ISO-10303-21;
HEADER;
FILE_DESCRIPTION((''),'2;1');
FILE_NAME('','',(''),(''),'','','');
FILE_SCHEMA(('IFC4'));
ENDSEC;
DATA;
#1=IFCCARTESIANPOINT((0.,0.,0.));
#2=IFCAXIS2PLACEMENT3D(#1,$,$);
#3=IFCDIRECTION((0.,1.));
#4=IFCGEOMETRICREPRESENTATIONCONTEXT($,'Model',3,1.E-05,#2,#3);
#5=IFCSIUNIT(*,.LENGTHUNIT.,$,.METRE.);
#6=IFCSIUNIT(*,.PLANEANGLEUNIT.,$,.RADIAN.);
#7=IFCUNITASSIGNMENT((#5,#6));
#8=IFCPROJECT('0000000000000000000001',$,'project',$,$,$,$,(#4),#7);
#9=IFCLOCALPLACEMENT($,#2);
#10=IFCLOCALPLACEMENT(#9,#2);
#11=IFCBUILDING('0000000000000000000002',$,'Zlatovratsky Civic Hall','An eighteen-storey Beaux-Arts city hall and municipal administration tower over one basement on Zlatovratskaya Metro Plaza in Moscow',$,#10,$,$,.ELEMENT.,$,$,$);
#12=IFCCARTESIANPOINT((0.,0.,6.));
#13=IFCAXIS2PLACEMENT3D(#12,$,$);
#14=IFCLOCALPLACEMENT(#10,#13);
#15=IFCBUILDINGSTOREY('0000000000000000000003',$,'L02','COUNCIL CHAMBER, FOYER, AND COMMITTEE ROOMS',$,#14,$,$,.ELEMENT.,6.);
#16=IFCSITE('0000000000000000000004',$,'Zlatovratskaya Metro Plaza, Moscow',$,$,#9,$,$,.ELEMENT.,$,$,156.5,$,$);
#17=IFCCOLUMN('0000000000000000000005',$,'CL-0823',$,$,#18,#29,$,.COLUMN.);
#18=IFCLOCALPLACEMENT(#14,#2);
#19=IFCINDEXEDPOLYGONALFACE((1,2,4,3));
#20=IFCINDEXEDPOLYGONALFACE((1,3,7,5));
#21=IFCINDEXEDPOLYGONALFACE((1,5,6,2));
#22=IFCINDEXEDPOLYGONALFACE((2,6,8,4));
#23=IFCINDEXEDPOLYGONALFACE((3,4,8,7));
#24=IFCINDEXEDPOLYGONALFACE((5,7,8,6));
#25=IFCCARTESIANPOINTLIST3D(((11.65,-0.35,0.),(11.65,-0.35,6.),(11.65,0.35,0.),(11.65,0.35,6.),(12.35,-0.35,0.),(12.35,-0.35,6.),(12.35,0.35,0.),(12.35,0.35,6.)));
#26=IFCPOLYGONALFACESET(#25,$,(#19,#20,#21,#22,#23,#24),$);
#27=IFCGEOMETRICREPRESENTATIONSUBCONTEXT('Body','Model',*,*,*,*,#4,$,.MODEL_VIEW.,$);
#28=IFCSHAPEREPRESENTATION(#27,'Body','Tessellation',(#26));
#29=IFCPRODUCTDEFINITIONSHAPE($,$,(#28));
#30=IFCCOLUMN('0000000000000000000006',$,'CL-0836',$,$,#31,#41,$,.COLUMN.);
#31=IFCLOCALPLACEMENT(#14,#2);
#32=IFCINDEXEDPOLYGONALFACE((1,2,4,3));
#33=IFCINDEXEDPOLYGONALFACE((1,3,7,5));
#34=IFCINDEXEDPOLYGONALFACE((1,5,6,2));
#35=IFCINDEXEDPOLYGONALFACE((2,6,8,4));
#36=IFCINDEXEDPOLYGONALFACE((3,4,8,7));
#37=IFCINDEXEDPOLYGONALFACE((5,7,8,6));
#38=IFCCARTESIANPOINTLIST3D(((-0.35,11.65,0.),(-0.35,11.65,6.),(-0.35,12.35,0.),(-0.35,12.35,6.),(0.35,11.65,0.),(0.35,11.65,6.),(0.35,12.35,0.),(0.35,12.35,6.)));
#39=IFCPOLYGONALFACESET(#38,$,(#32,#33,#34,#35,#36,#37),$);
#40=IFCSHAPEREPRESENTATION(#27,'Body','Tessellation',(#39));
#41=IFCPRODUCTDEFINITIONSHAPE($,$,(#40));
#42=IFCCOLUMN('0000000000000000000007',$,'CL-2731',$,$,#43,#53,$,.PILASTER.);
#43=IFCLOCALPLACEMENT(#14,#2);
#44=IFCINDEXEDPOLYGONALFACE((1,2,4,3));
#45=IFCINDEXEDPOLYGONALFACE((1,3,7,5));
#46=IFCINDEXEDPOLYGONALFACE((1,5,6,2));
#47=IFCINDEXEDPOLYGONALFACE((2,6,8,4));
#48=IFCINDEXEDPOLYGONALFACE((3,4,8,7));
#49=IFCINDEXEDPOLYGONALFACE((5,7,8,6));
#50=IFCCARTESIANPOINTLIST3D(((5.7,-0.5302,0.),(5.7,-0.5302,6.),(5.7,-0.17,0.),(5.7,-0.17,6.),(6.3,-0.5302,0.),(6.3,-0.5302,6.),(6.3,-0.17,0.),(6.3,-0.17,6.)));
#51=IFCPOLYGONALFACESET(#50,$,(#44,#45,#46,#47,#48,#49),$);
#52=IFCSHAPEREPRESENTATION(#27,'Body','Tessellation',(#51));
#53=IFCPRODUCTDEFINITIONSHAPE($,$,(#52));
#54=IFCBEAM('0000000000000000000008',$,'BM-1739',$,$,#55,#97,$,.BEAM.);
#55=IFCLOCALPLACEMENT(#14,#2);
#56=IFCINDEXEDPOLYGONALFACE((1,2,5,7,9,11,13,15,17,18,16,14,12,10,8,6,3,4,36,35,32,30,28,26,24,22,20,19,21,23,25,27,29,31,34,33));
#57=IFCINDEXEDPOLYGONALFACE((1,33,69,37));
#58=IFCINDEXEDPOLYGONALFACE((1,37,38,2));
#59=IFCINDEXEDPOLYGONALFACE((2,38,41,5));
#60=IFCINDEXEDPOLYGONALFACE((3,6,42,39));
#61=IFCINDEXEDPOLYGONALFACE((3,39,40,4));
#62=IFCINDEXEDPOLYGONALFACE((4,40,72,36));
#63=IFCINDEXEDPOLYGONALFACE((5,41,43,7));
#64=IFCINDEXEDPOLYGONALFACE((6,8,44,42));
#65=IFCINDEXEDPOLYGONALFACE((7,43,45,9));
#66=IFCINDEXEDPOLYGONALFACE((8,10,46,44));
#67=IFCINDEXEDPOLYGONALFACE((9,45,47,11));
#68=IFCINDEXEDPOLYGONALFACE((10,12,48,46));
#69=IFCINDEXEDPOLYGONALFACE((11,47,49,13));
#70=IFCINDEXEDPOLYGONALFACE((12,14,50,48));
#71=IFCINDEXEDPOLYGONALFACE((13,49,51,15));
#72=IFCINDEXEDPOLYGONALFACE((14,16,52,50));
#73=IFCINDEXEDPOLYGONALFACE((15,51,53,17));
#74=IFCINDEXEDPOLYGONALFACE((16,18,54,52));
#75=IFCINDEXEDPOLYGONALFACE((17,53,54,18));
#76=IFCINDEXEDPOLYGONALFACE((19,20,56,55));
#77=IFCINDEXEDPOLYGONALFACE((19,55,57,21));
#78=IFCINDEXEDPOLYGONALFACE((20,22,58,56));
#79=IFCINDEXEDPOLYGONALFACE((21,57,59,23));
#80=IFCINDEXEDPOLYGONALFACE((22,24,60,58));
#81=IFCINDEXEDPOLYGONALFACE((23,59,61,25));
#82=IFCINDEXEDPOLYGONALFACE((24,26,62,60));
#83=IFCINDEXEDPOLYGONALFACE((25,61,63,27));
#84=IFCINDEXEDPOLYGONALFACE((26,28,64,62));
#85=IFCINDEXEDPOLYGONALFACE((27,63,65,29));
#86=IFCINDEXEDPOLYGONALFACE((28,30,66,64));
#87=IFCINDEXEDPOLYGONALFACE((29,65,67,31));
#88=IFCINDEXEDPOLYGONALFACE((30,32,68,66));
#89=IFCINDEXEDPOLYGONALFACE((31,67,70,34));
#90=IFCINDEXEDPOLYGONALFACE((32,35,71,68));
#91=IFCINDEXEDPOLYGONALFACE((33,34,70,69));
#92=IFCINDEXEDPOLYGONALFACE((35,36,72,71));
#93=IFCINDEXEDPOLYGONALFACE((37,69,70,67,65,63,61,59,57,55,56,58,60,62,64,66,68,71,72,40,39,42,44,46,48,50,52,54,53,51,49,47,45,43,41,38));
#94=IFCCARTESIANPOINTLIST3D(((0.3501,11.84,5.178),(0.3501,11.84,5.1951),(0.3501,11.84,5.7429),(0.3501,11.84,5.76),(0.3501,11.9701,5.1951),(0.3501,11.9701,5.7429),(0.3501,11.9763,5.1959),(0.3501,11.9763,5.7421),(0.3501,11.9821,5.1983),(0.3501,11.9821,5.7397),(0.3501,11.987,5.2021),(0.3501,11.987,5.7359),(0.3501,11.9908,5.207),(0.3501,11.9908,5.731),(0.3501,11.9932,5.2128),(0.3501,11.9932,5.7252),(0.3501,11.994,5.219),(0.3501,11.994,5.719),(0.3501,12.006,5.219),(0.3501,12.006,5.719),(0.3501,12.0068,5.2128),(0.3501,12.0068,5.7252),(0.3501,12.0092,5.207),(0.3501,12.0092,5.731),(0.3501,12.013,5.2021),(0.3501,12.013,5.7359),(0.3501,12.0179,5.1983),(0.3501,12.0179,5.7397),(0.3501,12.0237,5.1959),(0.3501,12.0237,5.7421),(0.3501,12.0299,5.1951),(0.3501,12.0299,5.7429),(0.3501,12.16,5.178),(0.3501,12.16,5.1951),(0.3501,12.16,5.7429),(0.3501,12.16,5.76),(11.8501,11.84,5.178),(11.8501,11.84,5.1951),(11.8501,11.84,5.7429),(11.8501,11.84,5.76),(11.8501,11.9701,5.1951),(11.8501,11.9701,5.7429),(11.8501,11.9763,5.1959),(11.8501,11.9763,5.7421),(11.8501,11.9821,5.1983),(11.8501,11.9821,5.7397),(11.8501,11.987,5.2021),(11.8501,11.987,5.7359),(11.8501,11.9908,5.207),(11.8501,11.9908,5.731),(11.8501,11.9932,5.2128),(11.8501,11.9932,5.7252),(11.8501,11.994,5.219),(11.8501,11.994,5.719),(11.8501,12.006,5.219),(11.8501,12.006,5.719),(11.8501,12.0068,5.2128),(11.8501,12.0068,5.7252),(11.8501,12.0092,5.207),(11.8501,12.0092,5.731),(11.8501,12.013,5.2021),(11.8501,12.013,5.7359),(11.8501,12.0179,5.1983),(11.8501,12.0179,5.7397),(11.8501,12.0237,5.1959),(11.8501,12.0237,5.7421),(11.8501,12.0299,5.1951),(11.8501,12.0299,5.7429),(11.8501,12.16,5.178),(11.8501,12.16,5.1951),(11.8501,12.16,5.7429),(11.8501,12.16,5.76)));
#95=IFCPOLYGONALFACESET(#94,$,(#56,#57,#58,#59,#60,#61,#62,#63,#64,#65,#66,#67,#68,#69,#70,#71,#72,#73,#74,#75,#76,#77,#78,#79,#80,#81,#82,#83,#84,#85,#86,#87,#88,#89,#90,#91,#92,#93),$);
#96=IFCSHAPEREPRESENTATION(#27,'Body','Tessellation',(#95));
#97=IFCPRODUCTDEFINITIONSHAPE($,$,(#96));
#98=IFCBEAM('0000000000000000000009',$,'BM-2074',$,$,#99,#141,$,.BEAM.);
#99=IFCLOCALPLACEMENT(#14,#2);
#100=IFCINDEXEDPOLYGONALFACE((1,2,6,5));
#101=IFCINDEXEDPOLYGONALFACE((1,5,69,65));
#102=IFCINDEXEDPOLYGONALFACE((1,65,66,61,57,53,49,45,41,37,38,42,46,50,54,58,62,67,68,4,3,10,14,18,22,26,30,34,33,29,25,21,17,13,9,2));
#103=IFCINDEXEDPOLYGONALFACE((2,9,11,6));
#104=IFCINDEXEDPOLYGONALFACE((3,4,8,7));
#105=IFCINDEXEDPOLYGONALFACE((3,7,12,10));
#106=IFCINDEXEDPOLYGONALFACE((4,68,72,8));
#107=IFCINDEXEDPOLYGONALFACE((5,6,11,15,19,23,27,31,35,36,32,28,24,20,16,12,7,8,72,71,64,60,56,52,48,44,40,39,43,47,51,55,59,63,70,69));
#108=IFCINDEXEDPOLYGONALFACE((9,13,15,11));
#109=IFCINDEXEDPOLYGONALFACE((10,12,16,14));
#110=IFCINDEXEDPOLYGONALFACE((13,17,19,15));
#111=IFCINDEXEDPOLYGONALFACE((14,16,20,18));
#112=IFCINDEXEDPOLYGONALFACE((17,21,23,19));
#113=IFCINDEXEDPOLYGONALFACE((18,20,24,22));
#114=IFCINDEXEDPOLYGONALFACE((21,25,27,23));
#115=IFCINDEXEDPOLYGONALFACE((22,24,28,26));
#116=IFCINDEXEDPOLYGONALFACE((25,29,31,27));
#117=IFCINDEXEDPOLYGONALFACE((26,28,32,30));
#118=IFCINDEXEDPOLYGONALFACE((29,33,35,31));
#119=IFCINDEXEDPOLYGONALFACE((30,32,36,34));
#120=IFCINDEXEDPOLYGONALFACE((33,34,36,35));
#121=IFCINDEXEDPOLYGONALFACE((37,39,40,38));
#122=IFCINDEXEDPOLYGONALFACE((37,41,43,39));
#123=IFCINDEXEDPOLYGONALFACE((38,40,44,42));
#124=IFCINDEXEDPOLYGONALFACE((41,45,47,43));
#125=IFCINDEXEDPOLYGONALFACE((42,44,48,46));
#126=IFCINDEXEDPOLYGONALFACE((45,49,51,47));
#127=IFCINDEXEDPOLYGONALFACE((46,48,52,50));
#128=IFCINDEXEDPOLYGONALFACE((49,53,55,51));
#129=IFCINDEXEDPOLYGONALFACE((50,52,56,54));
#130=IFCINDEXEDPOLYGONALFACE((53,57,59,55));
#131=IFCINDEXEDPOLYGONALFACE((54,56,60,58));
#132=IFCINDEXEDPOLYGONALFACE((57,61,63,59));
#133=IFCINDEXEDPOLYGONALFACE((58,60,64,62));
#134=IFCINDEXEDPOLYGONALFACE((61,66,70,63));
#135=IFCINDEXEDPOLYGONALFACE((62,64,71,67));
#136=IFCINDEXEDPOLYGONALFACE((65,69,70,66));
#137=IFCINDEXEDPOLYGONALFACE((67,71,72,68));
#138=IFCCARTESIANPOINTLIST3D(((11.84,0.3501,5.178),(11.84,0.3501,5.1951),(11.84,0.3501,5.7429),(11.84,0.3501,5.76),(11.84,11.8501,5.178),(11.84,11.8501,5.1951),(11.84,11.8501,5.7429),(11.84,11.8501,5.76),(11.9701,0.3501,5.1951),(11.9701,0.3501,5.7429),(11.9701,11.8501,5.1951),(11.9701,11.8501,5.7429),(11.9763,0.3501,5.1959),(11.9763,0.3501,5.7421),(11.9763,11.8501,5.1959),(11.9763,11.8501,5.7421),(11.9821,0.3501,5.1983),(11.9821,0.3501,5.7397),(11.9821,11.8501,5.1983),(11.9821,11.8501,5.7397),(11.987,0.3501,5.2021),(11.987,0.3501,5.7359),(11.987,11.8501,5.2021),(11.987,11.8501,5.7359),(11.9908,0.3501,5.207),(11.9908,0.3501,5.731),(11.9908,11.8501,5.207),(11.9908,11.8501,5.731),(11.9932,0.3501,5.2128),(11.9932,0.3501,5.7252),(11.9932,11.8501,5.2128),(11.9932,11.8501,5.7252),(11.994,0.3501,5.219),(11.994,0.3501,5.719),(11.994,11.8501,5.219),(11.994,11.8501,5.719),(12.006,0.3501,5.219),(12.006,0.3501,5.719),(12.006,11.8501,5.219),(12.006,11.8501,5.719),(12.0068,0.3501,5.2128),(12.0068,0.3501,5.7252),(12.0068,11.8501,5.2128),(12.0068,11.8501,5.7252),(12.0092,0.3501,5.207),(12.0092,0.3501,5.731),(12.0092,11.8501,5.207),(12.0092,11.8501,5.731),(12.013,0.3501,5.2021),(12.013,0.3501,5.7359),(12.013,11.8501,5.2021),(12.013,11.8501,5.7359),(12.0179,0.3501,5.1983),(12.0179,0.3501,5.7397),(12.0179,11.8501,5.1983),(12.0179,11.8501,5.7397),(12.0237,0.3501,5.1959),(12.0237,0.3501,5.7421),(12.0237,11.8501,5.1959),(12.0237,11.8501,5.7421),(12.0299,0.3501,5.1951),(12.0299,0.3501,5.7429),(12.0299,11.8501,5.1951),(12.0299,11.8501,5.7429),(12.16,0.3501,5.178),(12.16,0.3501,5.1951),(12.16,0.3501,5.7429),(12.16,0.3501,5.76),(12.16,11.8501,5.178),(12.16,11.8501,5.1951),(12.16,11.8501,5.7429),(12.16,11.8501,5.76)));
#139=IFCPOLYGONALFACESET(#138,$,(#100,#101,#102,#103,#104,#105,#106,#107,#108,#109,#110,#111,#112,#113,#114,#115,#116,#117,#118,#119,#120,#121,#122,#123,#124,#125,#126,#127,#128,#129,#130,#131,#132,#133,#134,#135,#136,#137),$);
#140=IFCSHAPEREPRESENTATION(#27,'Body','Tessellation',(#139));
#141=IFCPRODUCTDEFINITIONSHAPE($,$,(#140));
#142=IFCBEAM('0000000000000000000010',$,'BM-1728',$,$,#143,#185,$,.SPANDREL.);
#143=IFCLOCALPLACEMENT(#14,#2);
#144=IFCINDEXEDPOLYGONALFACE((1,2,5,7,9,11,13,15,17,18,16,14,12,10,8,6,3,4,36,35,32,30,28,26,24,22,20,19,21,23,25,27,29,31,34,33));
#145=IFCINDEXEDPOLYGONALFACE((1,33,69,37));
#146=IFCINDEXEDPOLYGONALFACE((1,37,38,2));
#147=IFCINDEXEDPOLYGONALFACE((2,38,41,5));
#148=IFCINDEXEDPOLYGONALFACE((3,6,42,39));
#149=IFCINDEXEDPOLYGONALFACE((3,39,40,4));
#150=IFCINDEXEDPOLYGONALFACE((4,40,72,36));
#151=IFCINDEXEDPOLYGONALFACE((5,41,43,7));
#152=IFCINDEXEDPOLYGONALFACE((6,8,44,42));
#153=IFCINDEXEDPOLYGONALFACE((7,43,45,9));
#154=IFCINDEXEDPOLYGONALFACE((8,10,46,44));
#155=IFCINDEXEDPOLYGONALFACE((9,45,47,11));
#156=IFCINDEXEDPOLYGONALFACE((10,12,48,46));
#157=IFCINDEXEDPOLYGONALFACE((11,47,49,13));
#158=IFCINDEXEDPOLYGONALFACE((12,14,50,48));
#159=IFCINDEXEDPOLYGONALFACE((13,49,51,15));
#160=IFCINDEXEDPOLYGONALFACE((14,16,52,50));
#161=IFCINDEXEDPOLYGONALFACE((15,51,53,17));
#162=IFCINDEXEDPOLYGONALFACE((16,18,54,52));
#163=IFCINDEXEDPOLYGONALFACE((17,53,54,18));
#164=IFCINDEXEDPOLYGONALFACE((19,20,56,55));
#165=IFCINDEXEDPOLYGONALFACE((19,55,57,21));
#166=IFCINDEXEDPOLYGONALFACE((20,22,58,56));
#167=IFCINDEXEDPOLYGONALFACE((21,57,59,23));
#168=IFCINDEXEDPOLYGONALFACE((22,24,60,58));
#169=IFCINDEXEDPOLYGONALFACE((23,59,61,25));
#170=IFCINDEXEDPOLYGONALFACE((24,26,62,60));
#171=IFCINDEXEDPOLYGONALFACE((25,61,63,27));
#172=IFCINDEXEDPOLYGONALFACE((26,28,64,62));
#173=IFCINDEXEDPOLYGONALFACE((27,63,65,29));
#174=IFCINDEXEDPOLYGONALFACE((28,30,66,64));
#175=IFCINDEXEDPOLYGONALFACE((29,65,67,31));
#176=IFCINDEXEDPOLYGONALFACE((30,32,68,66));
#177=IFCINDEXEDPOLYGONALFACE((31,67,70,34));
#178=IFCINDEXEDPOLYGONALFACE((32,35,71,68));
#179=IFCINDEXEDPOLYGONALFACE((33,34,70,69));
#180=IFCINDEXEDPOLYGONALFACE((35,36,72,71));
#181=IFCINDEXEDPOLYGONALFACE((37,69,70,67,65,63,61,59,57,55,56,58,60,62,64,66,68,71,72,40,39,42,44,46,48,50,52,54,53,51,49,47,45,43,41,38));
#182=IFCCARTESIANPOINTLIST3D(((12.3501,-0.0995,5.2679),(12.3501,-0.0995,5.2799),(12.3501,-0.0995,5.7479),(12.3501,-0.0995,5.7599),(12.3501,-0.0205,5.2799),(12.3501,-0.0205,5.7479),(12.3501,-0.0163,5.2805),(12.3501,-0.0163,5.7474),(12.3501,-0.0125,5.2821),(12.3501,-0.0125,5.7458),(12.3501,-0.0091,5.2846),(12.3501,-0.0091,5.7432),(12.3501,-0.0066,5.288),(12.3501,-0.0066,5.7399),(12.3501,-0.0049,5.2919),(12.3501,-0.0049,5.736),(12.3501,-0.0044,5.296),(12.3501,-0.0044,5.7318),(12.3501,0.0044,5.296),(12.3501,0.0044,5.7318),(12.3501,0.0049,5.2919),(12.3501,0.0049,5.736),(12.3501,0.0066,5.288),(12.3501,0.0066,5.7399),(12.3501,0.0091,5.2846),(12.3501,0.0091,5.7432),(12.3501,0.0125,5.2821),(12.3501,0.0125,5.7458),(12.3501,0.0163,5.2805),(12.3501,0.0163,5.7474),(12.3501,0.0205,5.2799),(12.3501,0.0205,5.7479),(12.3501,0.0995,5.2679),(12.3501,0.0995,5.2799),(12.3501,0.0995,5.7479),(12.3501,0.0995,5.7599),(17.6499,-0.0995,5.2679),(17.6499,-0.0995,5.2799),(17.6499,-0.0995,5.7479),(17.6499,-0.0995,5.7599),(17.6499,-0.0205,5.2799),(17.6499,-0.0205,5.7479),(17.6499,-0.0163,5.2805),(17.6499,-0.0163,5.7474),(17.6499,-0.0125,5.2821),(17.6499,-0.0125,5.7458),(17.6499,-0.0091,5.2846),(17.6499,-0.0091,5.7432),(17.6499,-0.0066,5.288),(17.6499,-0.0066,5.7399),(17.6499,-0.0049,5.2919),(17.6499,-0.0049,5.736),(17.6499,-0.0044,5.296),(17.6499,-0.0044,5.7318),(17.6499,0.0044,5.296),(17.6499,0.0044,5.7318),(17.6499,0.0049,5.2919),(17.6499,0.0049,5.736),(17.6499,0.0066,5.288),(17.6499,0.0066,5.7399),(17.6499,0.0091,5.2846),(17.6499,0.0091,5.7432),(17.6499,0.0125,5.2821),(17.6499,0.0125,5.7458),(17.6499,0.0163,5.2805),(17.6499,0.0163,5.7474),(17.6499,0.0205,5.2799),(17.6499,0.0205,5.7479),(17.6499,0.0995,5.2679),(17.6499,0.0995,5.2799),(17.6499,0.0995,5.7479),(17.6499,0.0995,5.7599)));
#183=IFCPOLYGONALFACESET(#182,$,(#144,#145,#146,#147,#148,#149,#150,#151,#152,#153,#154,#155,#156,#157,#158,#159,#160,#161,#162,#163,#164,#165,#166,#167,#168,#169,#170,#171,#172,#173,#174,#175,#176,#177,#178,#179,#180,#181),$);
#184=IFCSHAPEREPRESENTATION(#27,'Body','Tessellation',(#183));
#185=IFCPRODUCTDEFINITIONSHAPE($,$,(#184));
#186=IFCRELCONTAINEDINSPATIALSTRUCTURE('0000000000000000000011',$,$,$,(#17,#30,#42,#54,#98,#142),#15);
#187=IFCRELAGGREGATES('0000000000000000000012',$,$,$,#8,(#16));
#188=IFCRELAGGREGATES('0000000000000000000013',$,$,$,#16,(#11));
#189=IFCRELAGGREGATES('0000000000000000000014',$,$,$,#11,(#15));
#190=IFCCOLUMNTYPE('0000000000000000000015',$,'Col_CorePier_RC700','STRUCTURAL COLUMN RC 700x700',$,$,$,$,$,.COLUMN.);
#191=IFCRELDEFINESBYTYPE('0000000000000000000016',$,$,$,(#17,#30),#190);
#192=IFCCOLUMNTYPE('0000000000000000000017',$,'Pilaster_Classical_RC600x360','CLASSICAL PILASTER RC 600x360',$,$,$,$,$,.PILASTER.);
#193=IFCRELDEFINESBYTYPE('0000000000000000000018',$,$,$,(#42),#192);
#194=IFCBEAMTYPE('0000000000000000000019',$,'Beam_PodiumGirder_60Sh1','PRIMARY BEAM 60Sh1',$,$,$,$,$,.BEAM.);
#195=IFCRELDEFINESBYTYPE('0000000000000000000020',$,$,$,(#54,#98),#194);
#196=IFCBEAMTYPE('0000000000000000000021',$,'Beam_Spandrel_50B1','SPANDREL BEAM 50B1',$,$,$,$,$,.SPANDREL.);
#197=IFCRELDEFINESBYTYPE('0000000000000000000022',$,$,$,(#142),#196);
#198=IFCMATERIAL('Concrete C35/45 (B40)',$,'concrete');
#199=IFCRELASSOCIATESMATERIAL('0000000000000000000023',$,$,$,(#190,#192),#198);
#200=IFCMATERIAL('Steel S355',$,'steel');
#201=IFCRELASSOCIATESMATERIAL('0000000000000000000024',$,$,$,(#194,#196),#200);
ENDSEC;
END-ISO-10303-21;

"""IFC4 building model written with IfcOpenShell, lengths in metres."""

from ifc_helpers import new_model, si_unit, direction, frame, origin, origin_2d, place, context, subcontext, project, spatial, rectangle, i_section, extrude, material, material_profile, profile_set, type_object, element, save


model = new_model("IFC4")

# Units and contexts
model_context = context("Model", 3, precision=1e-05, world=origin(), true_north=direction((0.0, 1.0)))
body_context = subcontext(model_context, "Body", "Model", "MODEL_VIEW")
ifc_project = project(units=[si_unit("LENGTHUNIT", "METRE"), si_unit("PLANEANGLEUNIT", "RADIAN")], contexts=[model_context])

# Site, building, storey
site_placement = place(None, origin())
site = spatial("IfcSite", under=ifc_project, at=site_placement, Name="Zlatovratskaya Metro Plaza, Moscow", CompositionType="ELEMENT", RefElevation=156.5)
building_placement = place(site_placement, origin())
building = spatial("IfcBuilding", under=site, at=building_placement, Name="Zlatovratsky Civic Hall", Description="An eighteen-storey Beaux-Arts city hall and municipal administration tower over one basement on Zlatovratskaya Metro Plaza in Moscow", CompositionType="ELEMENT")
storey_placement = place(building_placement, frame((0.0, 0.0, 6.0)))
storey = spatial("IfcBuildingStorey", under=building, at=storey_placement, Name="L02", Description="COUNCIL CHAMBER, FOYER, AND COMMITTEE ROOMS", CompositionType="ELEMENT", Elevation=6.0)

# Columns
ifc_material_1 = material(Name="Concrete C35/45 (B40)", Category="concrete")
ifc_material_profile_1 = material_profile(ifc_material_1, rectangle(XDim=0.7, YDim=0.7, at=origin_2d()), Name="RC 700x700")
ifc_profile_set_1 = profile_set([ifc_material_profile_1], Name="Concrete C35/45 (B40)")
column_type_1 = type_object("IfcColumnType", Name="Col_CorePier_RC700", Description="STRUCTURAL COLUMN RC 700x700", PredefinedType="COLUMN", material=ifc_profile_set_1)
for number, where, z_axis, x_axis, name in (
    (1, (12.0, 0.0, 0.0), (0.0, 0.0, 1.0), (1.0, 0.0, 0.0), "CL-0823"),
    (2, (0.0, 12.0, 0.0), (0.0, 0.0, 1.0), (1.0, 0.0, 0.0), "CL-0836"),
):
    element("IfcColumn", number, at=place(storey_placement, frame(where, z_axis=z_axis, x_axis=x_axis)), inside=storey, type_object=column_type_1, Name=name, PredefinedType="COLUMN", context=body_context, shape_type="SweptSolid", body=[
        extrude(rectangle(XDim=0.7, YDim=0.7, at=origin_2d()), origin(), (0.0, 0.0, 1.0), 6.0),
    ])
ifc_material_profile_2 = material_profile(ifc_material_1, rectangle(XDim=0.6001, YDim=0.3601, at=origin_2d()), Name="RC 600x360")
ifc_profile_set_2 = profile_set([ifc_material_profile_2], Name="Concrete C35/45 (B40)")
column_type_2 = type_object("IfcColumnType", Name="Pilaster_Classical_RC600x360", Description="CLASSICAL PILASTER RC 600x360", PredefinedType="PILASTER", material=ifc_profile_set_2)
column_placement = place(storey_placement, frame((6.0, -0.3501, 0.0), z_axis=(0.0, 0.0, 1.0), x_axis=(1.0, 0.0, 0.0)))
element("IfcColumn", 3, at=column_placement, inside=storey, type_object=column_type_2, Name="CL-2731", PredefinedType="PILASTER", context=body_context, shape_type="SweptSolid", body=[
    extrude(rectangle(XDim=0.6001, YDim=0.3601, at=origin_2d()), origin(), (0.0, 0.0, 1.0), 6.0),
])

# Beams
ifc_material_2 = material(Name="Steel S355", Category="steel")
ifc_material_profile_3 = material_profile(ifc_material_2, i_section(OverallWidth=0.3201, OverallDepth=0.582, WebThickness=0.012, FlangeThickness=0.0171, FilletRadius=0.0239, at=origin_2d()), Name="60Sh1")
ifc_profile_set_3 = profile_set([ifc_material_profile_3], Name="Steel S355")
beam_type_1 = type_object("IfcBeamType", Name="Beam_PodiumGirder_60Sh1", Description="PRIMARY BEAM 60Sh1", PredefinedType="BEAM", material=ifc_profile_set_3)
for number, where, z_axis, x_axis, name in (
    (4, (0.3501, 12.0, 5.469), (1.0, 0.0, 0.0), (0.0, 1.0, 0.0), "BM-1739"),
    (5, (12.0, 0.3501, 5.469), (0.0, 1.0, 0.0), (-1.0, 0.0, 0.0), "BM-2074"),
):
    element("IfcBeam", number, at=place(storey_placement, frame(where, z_axis=z_axis, x_axis=x_axis)), inside=storey, type_object=beam_type_1, Name=name, PredefinedType="BEAM", context=body_context, shape_type="SweptSolid", body=[
        extrude(i_section(OverallWidth=0.3201, OverallDepth=0.582, WebThickness=0.012, FlangeThickness=0.0171, FilletRadius=0.0239, at=origin_2d()), origin(), (0.0, 0.0, 1.0), 11.5),
    ])
ifc_material_profile_4 = material_profile(ifc_material_2, i_section(OverallWidth=0.199, OverallDepth=0.4919, WebThickness=0.0088, FlangeThickness=0.012, FilletRadius=0.0161, at=origin_2d()), Name="50B1")
ifc_profile_set_4 = profile_set([ifc_material_profile_4], Name="Steel S355")
beam_type_2 = type_object("IfcBeamType", Name="Beam_Spandrel_50B1", Description="SPANDREL BEAM 50B1", PredefinedType="SPANDREL", material=ifc_profile_set_4)
beam_1_placement = place(storey_placement, frame((12.3501, 0.0, 5.5139), z_axis=(1.0, 0.0, 0.0), x_axis=(0.0, 1.0, 0.0)))
element("IfcBeam", 6, at=beam_1_placement, inside=storey, type_object=beam_type_2, Name="BM-1728", PredefinedType="SPANDREL", context=body_context, shape_type="SweptSolid", body=[
    extrude(i_section(OverallWidth=0.199, OverallDepth=0.4919, WebThickness=0.0088, FlangeThickness=0.012, FilletRadius=0.0161, at=origin_2d()), origin(), (0.0, 0.0, 1.0), 5.2998),
])

save(model, "model.ifc")
